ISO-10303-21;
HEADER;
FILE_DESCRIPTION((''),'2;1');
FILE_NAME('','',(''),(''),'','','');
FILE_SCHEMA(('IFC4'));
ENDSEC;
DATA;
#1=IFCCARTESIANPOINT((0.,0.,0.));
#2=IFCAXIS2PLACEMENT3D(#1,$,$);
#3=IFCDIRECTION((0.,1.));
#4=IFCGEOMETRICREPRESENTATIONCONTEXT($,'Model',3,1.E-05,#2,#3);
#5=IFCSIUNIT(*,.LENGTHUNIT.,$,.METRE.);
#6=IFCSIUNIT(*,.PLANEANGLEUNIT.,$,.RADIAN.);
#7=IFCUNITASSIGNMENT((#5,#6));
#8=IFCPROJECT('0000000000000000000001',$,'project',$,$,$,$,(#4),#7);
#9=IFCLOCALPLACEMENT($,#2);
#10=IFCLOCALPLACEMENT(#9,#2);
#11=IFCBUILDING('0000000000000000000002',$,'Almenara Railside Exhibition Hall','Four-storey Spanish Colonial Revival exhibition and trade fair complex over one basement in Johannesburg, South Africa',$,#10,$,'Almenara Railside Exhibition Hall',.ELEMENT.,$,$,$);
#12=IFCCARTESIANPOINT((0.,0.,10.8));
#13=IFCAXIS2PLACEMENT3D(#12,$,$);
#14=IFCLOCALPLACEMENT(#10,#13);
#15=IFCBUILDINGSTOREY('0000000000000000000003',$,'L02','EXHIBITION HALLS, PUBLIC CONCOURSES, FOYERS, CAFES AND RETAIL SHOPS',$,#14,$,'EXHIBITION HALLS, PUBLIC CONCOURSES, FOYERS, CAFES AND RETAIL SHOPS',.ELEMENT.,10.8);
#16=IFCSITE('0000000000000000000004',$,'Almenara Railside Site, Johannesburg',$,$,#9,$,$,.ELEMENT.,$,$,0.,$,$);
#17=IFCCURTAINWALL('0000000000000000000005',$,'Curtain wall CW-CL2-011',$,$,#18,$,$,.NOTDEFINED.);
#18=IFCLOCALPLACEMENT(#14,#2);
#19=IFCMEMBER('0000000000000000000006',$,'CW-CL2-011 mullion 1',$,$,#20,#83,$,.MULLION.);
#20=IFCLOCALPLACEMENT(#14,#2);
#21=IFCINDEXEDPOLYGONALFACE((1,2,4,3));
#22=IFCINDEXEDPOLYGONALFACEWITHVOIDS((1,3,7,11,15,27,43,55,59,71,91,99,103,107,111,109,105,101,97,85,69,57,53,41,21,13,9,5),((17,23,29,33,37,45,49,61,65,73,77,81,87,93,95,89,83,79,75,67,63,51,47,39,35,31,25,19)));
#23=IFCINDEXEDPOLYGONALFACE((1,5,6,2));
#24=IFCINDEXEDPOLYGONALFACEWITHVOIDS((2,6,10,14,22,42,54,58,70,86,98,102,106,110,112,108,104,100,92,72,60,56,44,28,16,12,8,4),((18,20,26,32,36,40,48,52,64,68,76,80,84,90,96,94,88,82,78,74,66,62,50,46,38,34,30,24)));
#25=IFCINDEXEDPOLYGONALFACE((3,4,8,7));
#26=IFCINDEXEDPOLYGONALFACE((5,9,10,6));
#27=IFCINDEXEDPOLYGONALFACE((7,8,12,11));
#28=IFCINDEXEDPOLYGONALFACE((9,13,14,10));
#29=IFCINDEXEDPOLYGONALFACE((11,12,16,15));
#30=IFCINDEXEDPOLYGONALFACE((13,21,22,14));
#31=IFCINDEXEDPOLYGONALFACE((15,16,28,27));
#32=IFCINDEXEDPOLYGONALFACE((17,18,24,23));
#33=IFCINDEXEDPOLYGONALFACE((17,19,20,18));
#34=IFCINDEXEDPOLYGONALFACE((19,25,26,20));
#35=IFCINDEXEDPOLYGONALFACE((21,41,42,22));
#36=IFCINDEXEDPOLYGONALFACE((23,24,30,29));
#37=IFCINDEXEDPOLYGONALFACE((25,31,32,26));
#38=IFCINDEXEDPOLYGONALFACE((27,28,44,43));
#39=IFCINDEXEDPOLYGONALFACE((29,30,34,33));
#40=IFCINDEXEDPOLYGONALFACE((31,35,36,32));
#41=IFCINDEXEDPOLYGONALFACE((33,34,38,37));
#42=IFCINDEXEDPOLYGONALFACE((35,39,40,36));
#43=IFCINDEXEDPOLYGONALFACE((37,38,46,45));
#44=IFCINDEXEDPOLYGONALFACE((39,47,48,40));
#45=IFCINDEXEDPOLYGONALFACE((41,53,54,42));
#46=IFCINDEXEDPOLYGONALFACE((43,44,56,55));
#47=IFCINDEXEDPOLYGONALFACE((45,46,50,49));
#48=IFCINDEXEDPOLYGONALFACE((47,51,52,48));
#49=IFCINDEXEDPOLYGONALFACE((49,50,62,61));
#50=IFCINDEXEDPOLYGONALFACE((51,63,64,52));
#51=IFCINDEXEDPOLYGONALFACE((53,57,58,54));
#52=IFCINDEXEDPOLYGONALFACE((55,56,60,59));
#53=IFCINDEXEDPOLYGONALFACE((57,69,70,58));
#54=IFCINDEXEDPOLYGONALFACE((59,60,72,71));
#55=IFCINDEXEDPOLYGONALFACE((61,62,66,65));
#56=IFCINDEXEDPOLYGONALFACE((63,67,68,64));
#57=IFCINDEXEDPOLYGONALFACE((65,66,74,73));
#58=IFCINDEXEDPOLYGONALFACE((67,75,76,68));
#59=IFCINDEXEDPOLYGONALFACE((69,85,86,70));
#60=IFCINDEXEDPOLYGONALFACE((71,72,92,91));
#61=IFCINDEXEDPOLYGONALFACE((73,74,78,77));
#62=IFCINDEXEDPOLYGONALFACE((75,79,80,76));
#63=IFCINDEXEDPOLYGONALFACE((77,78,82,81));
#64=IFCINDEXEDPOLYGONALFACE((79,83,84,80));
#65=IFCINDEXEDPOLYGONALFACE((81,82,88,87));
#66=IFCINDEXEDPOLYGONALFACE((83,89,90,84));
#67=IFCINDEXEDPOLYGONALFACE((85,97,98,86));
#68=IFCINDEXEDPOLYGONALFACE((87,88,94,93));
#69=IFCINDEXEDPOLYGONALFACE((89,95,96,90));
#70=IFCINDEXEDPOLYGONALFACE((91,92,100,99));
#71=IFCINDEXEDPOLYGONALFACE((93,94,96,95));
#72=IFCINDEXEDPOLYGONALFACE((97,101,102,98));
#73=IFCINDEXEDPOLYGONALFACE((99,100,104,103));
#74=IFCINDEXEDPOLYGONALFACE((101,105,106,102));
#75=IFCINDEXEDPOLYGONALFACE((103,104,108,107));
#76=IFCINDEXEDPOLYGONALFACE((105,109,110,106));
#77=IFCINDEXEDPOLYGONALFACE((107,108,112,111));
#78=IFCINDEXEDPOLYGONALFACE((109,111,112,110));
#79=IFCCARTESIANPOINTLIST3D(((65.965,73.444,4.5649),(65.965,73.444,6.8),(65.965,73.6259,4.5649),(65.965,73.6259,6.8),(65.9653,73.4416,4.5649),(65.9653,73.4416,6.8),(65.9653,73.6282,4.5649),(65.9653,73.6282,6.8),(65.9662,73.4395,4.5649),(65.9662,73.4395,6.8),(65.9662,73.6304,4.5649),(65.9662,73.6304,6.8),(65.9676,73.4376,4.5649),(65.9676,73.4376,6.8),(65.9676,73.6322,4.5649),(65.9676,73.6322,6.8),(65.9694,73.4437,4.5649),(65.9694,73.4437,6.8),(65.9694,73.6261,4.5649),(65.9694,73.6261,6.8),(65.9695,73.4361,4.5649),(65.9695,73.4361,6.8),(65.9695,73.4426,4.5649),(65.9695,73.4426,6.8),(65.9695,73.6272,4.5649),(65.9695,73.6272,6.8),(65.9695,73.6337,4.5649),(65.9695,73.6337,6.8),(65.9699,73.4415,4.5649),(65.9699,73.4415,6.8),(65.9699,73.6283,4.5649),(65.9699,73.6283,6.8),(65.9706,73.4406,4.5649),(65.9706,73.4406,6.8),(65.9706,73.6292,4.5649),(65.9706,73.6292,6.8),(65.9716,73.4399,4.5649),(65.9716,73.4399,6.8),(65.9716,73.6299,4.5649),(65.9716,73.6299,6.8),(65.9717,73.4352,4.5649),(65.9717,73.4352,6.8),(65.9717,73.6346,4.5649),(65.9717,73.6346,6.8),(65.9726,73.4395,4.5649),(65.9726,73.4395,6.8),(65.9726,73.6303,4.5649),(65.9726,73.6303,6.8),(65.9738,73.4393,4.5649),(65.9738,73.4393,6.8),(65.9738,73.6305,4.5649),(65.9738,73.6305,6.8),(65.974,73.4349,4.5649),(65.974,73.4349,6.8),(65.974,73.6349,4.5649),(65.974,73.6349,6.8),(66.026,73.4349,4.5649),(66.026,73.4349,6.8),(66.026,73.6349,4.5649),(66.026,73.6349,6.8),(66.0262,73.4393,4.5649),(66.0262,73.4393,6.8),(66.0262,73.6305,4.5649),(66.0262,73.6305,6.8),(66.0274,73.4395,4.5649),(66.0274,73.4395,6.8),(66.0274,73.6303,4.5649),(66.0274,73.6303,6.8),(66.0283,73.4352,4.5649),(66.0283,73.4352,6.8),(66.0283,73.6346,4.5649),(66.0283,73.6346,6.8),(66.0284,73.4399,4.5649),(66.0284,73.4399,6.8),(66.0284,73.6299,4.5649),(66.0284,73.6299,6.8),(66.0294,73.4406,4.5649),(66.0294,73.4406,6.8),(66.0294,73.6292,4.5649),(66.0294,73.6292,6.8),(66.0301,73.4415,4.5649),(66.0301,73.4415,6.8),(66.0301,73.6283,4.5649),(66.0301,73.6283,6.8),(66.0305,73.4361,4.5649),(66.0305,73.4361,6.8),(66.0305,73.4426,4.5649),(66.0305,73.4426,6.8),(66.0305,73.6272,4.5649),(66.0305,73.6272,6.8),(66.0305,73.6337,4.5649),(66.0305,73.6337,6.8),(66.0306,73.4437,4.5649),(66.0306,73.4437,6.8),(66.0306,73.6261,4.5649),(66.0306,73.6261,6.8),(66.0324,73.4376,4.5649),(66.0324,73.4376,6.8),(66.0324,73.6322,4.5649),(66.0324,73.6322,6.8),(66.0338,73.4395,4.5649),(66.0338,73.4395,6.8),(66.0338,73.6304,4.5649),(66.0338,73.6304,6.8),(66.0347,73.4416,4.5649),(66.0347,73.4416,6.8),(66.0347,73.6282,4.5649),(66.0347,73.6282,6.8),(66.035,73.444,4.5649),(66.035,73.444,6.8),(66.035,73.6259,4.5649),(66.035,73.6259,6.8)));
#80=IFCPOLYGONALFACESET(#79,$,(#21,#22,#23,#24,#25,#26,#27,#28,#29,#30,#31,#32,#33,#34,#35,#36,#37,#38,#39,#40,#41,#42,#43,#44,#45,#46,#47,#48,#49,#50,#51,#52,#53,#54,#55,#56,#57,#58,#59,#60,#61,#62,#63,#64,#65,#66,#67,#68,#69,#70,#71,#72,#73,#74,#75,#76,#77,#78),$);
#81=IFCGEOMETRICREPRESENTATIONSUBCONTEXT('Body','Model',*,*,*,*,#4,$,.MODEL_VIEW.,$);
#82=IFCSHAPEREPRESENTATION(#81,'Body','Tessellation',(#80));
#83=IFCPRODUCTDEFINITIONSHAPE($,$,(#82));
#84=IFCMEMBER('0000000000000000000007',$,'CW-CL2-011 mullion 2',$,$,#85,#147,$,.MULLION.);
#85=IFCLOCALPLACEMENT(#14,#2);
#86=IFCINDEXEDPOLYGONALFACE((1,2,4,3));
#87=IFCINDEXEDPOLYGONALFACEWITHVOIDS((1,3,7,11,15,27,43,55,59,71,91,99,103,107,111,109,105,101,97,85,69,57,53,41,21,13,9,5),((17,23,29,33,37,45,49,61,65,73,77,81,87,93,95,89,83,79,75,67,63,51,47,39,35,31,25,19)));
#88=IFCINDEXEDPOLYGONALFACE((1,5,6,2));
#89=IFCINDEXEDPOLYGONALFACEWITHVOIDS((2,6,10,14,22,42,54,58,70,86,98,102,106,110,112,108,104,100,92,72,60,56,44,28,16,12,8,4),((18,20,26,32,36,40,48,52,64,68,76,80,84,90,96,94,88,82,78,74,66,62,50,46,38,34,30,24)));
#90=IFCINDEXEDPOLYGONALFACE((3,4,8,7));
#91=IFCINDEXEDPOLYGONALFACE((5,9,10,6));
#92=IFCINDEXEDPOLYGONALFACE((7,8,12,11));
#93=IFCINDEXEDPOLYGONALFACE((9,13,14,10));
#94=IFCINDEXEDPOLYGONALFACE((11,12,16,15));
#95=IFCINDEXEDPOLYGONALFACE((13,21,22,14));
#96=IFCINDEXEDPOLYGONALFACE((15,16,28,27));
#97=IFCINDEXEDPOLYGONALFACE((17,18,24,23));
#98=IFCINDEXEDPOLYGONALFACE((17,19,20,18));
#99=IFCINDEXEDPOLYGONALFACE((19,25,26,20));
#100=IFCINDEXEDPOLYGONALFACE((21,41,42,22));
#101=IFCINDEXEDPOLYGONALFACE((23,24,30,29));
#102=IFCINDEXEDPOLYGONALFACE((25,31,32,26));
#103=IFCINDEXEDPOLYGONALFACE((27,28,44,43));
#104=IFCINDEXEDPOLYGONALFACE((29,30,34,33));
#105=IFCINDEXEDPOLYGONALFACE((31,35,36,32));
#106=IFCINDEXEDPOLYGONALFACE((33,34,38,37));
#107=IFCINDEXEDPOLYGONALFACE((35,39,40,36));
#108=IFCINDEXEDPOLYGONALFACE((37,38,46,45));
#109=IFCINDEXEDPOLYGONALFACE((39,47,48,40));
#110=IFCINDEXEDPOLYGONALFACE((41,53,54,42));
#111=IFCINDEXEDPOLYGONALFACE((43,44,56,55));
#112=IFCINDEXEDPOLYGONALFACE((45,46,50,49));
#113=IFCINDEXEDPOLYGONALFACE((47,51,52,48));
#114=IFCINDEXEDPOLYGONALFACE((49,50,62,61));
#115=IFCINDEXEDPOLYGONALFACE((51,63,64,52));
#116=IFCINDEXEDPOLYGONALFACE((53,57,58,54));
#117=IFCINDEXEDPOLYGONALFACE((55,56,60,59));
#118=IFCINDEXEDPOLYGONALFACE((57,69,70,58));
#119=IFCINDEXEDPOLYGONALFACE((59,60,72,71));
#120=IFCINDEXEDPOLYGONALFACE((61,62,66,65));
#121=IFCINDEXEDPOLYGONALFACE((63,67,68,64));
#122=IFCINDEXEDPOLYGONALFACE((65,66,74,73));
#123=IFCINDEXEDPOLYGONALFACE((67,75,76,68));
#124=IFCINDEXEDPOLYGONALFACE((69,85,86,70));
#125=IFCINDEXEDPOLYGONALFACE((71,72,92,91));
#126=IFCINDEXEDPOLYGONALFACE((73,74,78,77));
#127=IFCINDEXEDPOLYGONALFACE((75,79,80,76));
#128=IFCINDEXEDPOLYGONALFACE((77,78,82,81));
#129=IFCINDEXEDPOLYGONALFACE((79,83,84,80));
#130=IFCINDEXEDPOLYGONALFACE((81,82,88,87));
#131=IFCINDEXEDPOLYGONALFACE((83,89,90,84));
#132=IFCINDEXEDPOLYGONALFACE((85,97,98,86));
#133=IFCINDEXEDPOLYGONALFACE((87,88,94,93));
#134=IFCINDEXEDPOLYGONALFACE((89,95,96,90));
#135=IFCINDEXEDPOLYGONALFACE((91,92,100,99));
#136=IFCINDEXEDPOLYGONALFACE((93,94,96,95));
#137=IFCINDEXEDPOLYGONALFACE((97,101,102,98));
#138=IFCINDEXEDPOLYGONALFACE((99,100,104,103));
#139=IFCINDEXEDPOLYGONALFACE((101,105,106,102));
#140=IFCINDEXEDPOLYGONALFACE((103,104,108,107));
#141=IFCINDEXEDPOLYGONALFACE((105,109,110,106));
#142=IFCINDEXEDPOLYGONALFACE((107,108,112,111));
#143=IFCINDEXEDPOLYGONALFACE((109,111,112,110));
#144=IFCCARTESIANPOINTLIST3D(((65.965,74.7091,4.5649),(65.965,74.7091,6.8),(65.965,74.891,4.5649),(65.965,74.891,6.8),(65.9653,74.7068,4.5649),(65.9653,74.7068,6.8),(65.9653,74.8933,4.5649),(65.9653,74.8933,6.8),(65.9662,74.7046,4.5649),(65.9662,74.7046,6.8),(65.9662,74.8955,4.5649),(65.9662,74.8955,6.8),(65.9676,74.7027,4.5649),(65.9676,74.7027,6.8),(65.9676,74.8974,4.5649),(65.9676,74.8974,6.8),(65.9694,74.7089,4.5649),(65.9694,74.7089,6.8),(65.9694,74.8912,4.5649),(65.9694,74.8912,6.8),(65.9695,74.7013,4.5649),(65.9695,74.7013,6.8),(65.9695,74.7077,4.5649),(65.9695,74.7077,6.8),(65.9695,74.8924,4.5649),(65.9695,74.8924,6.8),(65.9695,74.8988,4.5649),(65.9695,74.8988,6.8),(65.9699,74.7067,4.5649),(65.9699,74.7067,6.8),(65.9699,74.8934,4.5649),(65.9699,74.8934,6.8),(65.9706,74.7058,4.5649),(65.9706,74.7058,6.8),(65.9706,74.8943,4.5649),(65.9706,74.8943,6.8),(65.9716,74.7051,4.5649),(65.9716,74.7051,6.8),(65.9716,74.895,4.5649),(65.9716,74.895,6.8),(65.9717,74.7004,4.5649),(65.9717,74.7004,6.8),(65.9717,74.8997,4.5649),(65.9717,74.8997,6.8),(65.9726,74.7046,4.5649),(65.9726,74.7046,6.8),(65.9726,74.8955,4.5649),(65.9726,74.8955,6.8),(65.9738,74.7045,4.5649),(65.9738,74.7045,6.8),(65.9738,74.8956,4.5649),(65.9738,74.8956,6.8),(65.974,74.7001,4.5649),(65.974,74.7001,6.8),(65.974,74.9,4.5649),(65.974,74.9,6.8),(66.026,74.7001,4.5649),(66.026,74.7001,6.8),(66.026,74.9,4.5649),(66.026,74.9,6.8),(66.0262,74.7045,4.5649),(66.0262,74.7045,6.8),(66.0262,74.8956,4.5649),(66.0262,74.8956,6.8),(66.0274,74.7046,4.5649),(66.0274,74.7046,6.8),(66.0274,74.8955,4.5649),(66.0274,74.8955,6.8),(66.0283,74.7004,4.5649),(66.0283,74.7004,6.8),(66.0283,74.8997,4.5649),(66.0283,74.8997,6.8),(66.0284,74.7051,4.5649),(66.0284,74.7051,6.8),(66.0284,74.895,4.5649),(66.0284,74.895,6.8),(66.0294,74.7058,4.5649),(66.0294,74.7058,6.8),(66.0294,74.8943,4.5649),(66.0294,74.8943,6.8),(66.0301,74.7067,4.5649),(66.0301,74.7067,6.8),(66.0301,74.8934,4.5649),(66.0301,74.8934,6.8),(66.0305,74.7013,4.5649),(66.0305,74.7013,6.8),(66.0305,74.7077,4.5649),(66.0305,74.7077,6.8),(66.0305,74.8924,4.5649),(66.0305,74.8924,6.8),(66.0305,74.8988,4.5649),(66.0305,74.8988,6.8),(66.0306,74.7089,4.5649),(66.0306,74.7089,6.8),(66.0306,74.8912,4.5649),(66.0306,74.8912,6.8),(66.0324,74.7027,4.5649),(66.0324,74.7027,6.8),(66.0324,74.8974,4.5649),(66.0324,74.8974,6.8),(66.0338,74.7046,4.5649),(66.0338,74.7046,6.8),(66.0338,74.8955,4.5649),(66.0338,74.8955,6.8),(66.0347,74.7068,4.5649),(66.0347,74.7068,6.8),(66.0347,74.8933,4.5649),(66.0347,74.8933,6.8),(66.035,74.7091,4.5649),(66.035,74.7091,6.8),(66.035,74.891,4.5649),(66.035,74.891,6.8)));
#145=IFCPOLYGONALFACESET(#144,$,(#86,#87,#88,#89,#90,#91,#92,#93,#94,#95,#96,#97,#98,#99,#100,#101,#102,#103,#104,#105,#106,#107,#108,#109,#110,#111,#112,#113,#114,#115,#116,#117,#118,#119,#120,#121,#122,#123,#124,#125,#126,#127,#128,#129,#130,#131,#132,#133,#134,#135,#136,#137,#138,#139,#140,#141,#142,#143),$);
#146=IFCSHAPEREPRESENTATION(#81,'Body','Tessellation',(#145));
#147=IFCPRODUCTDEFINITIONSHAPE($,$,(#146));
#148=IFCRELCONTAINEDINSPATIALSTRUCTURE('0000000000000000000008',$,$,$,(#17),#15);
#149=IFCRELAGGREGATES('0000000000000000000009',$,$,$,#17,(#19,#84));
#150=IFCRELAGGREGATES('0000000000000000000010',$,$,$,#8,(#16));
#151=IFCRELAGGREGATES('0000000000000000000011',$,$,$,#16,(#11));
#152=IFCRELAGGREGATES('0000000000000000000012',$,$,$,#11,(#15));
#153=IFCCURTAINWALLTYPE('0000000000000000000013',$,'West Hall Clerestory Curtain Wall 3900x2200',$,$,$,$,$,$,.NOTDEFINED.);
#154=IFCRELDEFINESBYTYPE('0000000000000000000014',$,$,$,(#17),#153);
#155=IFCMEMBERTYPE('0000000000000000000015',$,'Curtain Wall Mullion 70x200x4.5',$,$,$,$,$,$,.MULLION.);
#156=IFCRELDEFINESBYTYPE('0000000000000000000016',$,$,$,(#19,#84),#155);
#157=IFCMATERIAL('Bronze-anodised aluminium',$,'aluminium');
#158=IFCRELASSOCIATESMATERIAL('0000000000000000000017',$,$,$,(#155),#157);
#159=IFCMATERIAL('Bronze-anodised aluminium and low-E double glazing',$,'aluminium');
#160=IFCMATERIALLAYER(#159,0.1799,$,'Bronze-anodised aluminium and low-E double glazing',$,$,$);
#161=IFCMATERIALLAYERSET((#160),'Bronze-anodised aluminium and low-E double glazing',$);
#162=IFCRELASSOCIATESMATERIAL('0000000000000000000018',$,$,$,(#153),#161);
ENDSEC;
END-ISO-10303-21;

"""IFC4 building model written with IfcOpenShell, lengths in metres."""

from ifc_helpers import new_model, si_unit, direction, frame, origin, origin_2d, place, context, subcontext, project, spatial, hollow_rectangle, extrude, material, layer, layer_set, material_profile, profile_set, type_object, element, aggregate, save


model = new_model("IFC4")

# Units and contexts
model_context = context("Model", 3, precision=1e-05, world=origin(), true_north=direction((0.0, 1.0)))
body_context = subcontext(model_context, "Body", "Model", "MODEL_VIEW")
ifc_project = project(units=[si_unit("LENGTHUNIT", "METRE"), si_unit("PLANEANGLEUNIT", "RADIAN")], contexts=[model_context])

# Site, building, storey
site_placement = place(None, origin())
site = spatial("IfcSite", under=ifc_project, at=site_placement, Name="Almenara Railside Site, Johannesburg", CompositionType="ELEMENT", RefElevation=0.0)
building_placement = place(site_placement, origin())
building = spatial("IfcBuilding", under=site, at=building_placement, Name="Almenara Railside Exhibition Hall", Description="Four-storey Spanish Colonial Revival exhibition and trade fair complex over one basement in Johannesburg, South Africa", LongName="Almenara Railside Exhibition Hall", CompositionType="ELEMENT")
storey_placement = place(building_placement, frame((0.0, 0.0, 10.8)))
storey = spatial("IfcBuildingStorey", under=building, at=storey_placement, Name="L02", Description="EXHIBITION HALLS, PUBLIC CONCOURSES, FOYERS, CAFES AND RETAIL SHOPS", LongName="EXHIBITION HALLS, PUBLIC CONCOURSES, FOYERS, CAFES AND RETAIL SHOPS", CompositionType="ELEMENT", Elevation=10.8)

# Curtain wall, members
ifc_material_1 = material(Name="Bronze-anodised aluminium and low-E double glazing", Category="aluminium")
ifc_material_2 = material(Name="Bronze-anodised aluminium", Category="aluminium")
ifc_material_profile_1 = material_profile(ifc_material_2, hollow_rectangle(XDim=0.0701, YDim=0.2, WallThickness=0.0044, InnerFilletRadius=0.0044, OuterFilletRadius=0.009, at=origin_2d()), Name="ALU-MUL 70x200x4.5")
ifc_profile_set_1 = profile_set([ifc_material_profile_1], Name="Bronze-anodised aluminium")
member_type_1 = type_object("IfcMemberType", Name="Curtain Wall Mullion 70x200x4.5", PredefinedType="MULLION", material=ifc_profile_set_1)
ifc_layer_1 = layer(ifc_material_1, 0.1799, Name="Bronze-anodised aluminium and low-E double glazing")
ifc_layer_set_1 = layer_set([ifc_layer_1], Name="Bronze-anodised aluminium and low-E double glazing")
curtain_wall_type_1 = type_object("IfcCurtainWallType", Name="West Hall Clerestory Curtain Wall 3900x2200", PredefinedType="NOTDEFINED", material=ifc_layer_set_1)
curtain_wall_1_placement = place(storey_placement, origin())
curtain_wall_1 = element("IfcCurtainWall", 1, at=curtain_wall_1_placement, inside=storey, type_object=curtain_wall_type_1, Name="Curtain wall CW-CL2-011", PredefinedType="NOTDEFINED")
member_1_placement = place(storey_placement, frame((66.0, 73.5349, 4.5649), z_axis=(0.0, 0.0, 1.0), x_axis=(-1.0, 0.0, 0.0)))
member_1 = element("IfcMember", 2, at=member_1_placement, type_object=member_type_1, Name="CW-CL2-011 mullion 1", PredefinedType="MULLION", context=body_context, shape_type="SweptSolid", body=[
    extrude(hollow_rectangle(XDim=0.0701, YDim=0.2, WallThickness=0.0044, InnerFilletRadius=0.0044, OuterFilletRadius=0.009, at=origin_2d()), origin(), (0.0, 0.0, 1.0), 2.2351),
])
member_2_placement = place(storey_placement, frame((66.0, 74.8, 4.5649), z_axis=(0.0, 0.0, 1.0), x_axis=(-1.0, 0.0, 0.0)))
member_2 = element("IfcMember", 3, at=member_2_placement, type_object=member_type_1, Name="CW-CL2-011 mullion 2", PredefinedType="MULLION", context=body_context, shape_type="SweptSolid", body=[
    extrude(hollow_rectangle(XDim=0.0701, YDim=0.2, WallThickness=0.0044, InnerFilletRadius=0.0044, OuterFilletRadius=0.009, at=origin_2d()), origin(), (0.0, 0.0, 1.0), 2.2351),
])

aggregate(curtain_wall_1, [member_1, member_2])

save(model, "model.ifc")
